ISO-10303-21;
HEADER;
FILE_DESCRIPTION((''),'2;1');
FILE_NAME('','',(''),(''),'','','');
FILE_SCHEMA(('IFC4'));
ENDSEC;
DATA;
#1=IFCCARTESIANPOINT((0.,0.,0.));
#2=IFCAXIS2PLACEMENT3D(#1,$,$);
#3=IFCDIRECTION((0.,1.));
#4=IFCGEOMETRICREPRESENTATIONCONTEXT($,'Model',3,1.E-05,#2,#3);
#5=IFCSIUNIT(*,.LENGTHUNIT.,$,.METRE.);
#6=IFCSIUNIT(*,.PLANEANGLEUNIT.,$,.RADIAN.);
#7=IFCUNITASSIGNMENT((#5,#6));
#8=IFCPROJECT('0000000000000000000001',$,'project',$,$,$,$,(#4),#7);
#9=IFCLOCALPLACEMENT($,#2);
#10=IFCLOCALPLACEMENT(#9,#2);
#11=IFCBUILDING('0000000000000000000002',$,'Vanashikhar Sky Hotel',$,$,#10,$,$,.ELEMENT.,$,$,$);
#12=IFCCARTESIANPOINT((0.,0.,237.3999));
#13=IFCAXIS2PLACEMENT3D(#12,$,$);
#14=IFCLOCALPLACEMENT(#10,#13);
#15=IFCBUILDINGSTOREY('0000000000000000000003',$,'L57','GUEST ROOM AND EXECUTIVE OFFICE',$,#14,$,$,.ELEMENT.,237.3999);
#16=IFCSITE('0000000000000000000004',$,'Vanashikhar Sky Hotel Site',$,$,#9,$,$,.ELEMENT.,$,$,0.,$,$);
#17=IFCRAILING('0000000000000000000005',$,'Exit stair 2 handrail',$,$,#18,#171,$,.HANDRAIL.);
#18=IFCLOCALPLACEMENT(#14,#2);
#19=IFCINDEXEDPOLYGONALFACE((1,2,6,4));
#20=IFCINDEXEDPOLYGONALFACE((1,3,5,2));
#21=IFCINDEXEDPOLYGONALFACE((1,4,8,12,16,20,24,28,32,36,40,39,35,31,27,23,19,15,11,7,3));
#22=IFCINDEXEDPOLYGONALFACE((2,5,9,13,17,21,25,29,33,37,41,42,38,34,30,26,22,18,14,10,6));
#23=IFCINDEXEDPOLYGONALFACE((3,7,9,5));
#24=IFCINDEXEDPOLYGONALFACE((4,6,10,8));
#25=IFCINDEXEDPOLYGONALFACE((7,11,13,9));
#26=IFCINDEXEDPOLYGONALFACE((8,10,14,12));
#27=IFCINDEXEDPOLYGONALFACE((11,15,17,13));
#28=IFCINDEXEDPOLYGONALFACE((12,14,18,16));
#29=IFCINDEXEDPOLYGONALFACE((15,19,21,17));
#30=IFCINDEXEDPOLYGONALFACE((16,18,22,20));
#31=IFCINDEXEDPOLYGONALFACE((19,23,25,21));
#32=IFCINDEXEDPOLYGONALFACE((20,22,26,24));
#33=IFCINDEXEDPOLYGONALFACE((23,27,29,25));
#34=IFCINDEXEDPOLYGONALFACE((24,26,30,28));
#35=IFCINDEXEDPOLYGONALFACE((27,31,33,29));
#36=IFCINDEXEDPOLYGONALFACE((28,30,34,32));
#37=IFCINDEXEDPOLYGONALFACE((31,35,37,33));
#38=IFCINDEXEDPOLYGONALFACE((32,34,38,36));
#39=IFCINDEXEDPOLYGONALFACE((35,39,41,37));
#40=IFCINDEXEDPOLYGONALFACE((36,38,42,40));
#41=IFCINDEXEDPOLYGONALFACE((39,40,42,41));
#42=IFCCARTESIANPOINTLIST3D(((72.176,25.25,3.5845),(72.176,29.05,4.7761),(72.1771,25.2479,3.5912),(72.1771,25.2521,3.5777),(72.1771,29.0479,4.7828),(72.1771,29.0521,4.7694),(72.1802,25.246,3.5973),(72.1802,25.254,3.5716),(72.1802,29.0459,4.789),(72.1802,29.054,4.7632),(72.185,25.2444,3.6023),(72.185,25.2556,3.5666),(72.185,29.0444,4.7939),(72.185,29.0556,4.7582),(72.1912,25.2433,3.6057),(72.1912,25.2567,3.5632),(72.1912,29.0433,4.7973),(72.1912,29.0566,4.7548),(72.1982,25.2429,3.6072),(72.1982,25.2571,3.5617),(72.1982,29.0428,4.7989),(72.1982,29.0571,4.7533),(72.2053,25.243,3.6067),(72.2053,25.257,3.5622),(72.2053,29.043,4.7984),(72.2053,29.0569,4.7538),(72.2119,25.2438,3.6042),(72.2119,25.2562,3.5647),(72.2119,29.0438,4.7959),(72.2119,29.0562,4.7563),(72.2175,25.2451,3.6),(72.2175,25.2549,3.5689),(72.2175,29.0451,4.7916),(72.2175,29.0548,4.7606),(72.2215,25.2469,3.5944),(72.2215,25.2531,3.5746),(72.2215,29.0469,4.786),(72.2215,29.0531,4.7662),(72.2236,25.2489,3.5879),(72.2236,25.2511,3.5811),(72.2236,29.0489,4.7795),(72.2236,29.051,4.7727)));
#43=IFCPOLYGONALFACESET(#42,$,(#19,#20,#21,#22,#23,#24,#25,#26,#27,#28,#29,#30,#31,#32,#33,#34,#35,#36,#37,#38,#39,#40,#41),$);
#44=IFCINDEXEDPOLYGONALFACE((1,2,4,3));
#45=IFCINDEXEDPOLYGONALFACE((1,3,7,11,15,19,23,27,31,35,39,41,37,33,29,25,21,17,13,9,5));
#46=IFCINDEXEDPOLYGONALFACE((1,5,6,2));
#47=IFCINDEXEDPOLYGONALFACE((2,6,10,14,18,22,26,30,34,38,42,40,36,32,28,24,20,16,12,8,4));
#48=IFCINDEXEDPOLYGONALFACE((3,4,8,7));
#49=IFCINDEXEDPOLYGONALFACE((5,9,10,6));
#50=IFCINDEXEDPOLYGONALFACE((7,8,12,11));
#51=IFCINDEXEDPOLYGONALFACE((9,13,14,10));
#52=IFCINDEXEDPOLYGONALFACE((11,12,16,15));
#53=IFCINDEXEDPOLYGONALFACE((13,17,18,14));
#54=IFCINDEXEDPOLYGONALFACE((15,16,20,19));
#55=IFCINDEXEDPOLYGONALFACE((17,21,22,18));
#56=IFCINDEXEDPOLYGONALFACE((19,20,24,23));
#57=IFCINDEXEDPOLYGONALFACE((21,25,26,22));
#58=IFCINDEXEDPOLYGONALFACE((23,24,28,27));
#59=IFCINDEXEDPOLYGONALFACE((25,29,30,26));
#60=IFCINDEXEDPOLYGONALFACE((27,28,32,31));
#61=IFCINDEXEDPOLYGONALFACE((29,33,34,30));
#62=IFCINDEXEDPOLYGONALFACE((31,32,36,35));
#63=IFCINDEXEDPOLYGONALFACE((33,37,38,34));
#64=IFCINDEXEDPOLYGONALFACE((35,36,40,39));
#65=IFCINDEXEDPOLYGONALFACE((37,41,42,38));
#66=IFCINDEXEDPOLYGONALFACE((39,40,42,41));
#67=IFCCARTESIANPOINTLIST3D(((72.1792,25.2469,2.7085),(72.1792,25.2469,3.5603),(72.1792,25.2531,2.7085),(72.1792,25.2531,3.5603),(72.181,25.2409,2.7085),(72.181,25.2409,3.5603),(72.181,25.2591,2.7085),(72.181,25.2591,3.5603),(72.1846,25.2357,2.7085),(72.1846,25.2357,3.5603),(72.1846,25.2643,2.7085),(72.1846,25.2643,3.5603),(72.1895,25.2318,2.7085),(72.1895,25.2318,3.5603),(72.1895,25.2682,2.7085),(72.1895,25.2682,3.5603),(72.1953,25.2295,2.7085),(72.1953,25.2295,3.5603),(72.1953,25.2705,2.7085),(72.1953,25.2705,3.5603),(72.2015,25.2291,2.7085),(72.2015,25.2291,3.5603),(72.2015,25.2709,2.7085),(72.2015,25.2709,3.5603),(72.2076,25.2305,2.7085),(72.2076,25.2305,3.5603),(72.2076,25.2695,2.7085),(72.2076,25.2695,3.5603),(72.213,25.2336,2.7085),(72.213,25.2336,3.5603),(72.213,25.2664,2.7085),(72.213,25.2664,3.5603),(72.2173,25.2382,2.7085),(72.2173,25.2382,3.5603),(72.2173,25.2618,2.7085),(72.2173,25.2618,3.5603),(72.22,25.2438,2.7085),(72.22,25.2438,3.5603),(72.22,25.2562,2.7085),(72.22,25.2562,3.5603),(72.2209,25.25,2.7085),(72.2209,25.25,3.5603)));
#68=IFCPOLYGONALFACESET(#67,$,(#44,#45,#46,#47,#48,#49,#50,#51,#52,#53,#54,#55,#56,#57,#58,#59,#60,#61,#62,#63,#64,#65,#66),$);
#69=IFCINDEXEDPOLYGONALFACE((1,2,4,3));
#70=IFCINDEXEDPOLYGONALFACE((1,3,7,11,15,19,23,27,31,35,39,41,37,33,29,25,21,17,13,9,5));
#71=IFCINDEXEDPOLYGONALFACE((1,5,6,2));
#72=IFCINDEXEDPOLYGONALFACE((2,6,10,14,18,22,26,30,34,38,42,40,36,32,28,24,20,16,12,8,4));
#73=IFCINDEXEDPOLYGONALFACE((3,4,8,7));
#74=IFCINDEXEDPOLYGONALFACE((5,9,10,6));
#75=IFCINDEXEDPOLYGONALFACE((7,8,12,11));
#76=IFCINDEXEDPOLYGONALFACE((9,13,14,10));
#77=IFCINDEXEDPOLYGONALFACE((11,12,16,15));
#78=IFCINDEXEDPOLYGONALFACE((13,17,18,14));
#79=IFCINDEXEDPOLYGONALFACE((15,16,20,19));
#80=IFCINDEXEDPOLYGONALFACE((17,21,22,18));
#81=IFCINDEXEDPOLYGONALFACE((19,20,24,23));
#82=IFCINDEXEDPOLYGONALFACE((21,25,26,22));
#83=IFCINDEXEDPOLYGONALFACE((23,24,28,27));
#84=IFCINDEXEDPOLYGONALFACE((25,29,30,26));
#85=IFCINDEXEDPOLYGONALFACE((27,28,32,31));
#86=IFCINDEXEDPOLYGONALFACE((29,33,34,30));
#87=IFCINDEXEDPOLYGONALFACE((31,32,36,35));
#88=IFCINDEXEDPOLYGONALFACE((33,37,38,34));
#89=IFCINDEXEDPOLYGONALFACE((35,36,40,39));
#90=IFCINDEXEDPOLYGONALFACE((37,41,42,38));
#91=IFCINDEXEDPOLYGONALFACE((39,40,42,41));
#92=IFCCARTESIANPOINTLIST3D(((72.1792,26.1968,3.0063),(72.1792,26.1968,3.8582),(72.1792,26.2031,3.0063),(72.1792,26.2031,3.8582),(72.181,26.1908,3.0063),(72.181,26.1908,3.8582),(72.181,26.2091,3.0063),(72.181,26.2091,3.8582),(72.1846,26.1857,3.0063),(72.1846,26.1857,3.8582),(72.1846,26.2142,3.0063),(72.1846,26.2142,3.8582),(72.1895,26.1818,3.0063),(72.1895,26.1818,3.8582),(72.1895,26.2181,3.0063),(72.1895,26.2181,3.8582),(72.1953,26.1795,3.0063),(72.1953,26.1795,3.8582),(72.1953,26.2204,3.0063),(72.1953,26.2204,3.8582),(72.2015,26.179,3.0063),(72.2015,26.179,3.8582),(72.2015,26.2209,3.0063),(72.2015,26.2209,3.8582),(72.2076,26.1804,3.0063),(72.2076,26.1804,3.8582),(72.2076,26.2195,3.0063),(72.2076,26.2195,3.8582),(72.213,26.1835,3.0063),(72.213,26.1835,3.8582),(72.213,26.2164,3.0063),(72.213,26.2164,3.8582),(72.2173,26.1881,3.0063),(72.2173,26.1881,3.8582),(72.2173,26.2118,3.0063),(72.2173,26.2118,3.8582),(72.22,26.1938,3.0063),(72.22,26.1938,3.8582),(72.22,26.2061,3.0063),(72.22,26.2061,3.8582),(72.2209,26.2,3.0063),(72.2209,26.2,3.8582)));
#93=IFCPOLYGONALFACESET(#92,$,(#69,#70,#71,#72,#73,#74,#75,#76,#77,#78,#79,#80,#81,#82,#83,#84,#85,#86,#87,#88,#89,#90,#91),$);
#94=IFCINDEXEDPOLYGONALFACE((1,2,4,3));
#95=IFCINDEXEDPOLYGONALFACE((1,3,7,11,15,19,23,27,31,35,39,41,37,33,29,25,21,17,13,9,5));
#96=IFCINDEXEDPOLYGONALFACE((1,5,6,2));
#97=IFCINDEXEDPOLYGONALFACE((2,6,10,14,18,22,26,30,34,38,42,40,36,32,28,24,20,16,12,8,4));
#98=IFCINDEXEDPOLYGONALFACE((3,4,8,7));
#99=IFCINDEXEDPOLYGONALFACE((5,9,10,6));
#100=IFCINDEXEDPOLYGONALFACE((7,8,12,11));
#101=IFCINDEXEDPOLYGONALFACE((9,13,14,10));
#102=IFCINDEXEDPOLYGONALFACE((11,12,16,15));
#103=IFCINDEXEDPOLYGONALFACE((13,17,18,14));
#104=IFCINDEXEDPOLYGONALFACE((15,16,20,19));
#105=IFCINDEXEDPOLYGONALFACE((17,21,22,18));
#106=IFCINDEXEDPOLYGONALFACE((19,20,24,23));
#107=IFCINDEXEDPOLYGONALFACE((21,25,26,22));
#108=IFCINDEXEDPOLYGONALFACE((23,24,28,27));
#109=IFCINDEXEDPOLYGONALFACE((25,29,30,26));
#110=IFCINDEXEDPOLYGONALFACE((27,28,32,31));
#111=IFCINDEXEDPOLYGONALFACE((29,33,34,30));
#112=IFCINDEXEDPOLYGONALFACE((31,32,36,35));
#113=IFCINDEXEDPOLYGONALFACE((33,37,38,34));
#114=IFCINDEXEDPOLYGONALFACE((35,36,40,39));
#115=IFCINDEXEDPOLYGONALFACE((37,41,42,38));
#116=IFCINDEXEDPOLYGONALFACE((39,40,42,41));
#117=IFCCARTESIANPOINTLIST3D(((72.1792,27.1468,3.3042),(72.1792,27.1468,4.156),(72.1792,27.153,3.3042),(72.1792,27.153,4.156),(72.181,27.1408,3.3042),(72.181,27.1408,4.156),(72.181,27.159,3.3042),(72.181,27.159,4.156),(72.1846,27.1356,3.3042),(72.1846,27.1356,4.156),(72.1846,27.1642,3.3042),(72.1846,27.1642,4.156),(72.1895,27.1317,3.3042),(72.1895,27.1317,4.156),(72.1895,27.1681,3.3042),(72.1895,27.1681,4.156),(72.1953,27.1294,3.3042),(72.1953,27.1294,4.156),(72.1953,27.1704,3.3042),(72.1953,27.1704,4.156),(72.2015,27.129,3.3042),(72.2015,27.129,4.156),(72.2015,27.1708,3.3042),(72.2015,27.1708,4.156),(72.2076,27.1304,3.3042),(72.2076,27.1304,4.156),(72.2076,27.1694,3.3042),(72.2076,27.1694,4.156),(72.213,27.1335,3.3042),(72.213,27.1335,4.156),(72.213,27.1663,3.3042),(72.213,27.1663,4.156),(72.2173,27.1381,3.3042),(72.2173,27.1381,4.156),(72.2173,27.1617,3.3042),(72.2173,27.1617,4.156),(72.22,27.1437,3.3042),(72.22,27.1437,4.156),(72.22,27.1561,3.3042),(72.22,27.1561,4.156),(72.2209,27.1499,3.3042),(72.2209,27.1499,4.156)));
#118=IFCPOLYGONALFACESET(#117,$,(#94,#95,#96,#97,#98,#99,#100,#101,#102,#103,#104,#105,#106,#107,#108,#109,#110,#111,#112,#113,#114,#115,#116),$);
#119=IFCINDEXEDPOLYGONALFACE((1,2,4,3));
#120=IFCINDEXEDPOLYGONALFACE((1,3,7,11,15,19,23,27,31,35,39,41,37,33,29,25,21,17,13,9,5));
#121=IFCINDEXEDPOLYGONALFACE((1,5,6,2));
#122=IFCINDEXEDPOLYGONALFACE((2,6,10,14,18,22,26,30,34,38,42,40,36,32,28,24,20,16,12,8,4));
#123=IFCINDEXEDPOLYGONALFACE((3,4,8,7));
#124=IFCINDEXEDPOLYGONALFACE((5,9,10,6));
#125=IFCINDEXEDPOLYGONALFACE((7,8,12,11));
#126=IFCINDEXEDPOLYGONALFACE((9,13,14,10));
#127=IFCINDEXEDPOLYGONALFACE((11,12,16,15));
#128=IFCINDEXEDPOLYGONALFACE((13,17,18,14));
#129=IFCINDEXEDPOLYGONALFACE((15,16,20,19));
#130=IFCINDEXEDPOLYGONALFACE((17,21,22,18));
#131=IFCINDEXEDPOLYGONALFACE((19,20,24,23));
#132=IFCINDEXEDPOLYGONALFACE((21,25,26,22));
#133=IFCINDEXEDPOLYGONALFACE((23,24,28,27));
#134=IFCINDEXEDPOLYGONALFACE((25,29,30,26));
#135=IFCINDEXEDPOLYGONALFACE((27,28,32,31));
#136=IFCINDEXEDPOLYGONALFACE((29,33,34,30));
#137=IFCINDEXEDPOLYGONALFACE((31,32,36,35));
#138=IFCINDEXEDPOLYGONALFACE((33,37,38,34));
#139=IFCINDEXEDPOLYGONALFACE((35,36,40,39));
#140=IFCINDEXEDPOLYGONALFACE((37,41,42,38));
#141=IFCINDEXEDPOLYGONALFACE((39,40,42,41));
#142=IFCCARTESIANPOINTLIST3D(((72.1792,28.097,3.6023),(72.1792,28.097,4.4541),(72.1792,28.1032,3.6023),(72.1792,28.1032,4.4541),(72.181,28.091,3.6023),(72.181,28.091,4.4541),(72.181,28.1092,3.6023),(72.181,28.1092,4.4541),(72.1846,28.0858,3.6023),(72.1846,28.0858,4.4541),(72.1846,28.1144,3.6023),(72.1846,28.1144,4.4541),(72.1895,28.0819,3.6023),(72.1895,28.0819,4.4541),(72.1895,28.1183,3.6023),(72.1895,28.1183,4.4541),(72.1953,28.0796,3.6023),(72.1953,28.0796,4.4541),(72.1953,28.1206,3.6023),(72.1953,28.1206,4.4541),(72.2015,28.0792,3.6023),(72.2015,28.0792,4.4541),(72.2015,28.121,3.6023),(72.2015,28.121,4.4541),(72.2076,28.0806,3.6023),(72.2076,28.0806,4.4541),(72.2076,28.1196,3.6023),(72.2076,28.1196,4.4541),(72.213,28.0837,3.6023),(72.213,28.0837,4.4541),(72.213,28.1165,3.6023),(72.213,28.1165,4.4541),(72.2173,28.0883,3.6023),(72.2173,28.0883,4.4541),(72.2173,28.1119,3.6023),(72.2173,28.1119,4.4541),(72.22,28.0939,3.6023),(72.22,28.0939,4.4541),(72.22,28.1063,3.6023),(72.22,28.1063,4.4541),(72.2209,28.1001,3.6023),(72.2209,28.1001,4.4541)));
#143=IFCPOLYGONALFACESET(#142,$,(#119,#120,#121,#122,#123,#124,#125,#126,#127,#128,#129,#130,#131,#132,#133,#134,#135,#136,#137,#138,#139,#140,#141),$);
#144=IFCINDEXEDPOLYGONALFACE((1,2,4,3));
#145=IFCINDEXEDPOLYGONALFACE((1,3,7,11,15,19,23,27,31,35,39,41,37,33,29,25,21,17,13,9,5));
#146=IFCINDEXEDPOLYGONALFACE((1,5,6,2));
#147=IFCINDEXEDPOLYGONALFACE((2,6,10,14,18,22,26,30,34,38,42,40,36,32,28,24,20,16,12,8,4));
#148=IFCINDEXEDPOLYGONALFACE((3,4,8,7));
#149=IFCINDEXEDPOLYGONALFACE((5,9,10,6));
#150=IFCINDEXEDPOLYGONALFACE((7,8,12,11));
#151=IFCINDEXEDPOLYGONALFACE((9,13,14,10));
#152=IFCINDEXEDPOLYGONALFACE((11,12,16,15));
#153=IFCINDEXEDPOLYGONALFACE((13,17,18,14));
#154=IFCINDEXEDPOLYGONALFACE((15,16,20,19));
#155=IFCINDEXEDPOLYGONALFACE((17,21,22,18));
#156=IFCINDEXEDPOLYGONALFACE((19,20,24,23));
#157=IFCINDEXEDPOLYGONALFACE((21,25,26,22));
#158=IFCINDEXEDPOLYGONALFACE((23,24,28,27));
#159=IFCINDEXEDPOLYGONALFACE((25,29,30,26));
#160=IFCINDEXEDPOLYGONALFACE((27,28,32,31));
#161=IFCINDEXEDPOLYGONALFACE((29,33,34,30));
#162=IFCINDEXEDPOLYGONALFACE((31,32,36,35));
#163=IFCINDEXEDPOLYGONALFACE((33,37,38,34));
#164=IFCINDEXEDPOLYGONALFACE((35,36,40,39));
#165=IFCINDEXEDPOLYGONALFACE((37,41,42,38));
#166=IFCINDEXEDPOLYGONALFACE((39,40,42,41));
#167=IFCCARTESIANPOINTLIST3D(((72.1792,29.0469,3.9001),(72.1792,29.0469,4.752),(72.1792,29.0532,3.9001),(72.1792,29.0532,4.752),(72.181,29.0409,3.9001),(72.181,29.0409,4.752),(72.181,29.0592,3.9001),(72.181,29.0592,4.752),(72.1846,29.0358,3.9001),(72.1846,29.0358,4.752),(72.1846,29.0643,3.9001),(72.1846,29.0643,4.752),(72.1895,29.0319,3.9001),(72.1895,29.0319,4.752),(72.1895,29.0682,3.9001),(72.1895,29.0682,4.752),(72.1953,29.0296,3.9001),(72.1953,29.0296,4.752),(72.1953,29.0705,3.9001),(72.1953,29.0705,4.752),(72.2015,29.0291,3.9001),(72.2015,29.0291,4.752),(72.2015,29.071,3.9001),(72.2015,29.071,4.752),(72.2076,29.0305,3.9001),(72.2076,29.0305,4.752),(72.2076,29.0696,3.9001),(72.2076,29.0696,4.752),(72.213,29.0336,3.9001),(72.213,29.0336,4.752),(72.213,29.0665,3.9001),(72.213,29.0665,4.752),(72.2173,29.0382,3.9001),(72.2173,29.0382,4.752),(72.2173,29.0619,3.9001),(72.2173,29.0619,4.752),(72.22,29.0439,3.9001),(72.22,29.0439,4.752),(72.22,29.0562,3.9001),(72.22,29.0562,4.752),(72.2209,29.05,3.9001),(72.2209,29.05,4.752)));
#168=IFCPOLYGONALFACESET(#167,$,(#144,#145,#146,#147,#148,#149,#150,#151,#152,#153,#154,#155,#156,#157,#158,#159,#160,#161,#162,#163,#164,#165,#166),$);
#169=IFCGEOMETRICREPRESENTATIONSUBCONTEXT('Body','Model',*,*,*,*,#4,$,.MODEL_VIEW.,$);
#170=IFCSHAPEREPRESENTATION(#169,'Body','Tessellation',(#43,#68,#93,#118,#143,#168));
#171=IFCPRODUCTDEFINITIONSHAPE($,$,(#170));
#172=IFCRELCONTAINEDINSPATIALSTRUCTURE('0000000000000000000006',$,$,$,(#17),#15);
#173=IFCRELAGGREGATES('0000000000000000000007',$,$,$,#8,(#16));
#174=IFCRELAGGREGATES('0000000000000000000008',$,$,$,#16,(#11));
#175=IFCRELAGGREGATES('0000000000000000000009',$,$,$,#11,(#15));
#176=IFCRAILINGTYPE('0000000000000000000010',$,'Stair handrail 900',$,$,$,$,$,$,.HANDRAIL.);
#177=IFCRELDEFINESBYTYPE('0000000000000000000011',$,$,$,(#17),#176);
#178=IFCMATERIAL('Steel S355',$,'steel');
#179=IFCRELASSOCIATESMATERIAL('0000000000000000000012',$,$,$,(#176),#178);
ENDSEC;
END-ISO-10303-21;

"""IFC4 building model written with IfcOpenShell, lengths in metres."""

from ifc_helpers import new_model, si_unit, direction, frame, origin, origin_2d, place, context, subcontext, project, spatial, circle, extrude, source, transform, mapped, material, type_object, element, save


model = new_model("IFC4")

# Units and contexts
model_context = context("Model", 3, precision=1e-05, world=origin(), true_north=direction((0.0, 1.0)))
body_context = subcontext(model_context, "Body", "Model", "MODEL_VIEW")
ifc_project = project(units=[si_unit("LENGTHUNIT", "METRE"), si_unit("PLANEANGLEUNIT", "RADIAN")], contexts=[model_context])

# Site, building, storey
site_placement = place(None, origin())
site = spatial("IfcSite", under=ifc_project, at=site_placement, Name="Vanashikhar Sky Hotel Site", CompositionType="ELEMENT", RefElevation=0.0)
building_placement = place(site_placement, origin())
building = spatial("IfcBuilding", under=site, at=building_placement, Name="Vanashikhar Sky Hotel", CompositionType="ELEMENT")
storey_placement = place(building_placement, frame((0.0, 0.0, 237.3999)))
storey = spatial("IfcBuildingStorey", under=building, at=storey_placement, Name="L57", Description="GUEST ROOM AND EXECUTIVE OFFICE", CompositionType="ELEMENT", Elevation=237.3999)

# Railing
ifc_material_1 = material(Name="Steel S355", Category="steel")
railing_type_1 = type_object("IfcRailingType", Name="Stair handrail 900", PredefinedType="HANDRAIL", material=ifc_material_1)
shared_shape_1 = source(origin(), body_context, "Body", "SweptSolid", [
    extrude(circle(Radius=0.0239, at=origin_2d()), frame((0.0, 0.0, 0.876), z_axis=(0.0, 0.954184, 0.299221), x_axis=(-1.0, 0.0, 0.0)), (0.0, 0.0, 1.0), 3.9824),
    extrude(circle(Radius=0.021, at=origin_2d()), origin(), (0.0, 0.0, 1.0), 0.8518),
    extrude(circle(Radius=0.021, at=origin_2d()), frame((0.0, 0.95, 0.2979)), (0.0, 0.0, 1.0), 0.8518),
    extrude(circle(Radius=0.021, at=origin_2d()), frame((0.0, 1.8999, 0.5957)), (0.0, 0.0, 1.0), 0.8518),
    extrude(circle(Radius=0.021, at=origin_2d()), frame((0.0, 2.8501, 0.8938)), (0.0, 0.0, 1.0), 0.8518),
    extrude(circle(Radius=0.021, at=origin_2d()), frame((0.0, 3.8, 1.1917)), (0.0, 0.0, 1.0), 0.8518),
])
for number, where, name in (
    (1, (72.2, 25.25, 2.7085), "Exit stair 2 handrail"),
):
    element("IfcRailing", number, at=place(storey_placement, frame(where)), inside=storey, type_object=railing_type_1, Name=name, PredefinedType="HANDRAIL", context=body_context, shape_type="MappedRepresentation", body=[
        mapped(shared_shape_1, transform((0.0, 0.0, 0.0), scale=1.0)),
    ])

save(model, "model.ifc")
